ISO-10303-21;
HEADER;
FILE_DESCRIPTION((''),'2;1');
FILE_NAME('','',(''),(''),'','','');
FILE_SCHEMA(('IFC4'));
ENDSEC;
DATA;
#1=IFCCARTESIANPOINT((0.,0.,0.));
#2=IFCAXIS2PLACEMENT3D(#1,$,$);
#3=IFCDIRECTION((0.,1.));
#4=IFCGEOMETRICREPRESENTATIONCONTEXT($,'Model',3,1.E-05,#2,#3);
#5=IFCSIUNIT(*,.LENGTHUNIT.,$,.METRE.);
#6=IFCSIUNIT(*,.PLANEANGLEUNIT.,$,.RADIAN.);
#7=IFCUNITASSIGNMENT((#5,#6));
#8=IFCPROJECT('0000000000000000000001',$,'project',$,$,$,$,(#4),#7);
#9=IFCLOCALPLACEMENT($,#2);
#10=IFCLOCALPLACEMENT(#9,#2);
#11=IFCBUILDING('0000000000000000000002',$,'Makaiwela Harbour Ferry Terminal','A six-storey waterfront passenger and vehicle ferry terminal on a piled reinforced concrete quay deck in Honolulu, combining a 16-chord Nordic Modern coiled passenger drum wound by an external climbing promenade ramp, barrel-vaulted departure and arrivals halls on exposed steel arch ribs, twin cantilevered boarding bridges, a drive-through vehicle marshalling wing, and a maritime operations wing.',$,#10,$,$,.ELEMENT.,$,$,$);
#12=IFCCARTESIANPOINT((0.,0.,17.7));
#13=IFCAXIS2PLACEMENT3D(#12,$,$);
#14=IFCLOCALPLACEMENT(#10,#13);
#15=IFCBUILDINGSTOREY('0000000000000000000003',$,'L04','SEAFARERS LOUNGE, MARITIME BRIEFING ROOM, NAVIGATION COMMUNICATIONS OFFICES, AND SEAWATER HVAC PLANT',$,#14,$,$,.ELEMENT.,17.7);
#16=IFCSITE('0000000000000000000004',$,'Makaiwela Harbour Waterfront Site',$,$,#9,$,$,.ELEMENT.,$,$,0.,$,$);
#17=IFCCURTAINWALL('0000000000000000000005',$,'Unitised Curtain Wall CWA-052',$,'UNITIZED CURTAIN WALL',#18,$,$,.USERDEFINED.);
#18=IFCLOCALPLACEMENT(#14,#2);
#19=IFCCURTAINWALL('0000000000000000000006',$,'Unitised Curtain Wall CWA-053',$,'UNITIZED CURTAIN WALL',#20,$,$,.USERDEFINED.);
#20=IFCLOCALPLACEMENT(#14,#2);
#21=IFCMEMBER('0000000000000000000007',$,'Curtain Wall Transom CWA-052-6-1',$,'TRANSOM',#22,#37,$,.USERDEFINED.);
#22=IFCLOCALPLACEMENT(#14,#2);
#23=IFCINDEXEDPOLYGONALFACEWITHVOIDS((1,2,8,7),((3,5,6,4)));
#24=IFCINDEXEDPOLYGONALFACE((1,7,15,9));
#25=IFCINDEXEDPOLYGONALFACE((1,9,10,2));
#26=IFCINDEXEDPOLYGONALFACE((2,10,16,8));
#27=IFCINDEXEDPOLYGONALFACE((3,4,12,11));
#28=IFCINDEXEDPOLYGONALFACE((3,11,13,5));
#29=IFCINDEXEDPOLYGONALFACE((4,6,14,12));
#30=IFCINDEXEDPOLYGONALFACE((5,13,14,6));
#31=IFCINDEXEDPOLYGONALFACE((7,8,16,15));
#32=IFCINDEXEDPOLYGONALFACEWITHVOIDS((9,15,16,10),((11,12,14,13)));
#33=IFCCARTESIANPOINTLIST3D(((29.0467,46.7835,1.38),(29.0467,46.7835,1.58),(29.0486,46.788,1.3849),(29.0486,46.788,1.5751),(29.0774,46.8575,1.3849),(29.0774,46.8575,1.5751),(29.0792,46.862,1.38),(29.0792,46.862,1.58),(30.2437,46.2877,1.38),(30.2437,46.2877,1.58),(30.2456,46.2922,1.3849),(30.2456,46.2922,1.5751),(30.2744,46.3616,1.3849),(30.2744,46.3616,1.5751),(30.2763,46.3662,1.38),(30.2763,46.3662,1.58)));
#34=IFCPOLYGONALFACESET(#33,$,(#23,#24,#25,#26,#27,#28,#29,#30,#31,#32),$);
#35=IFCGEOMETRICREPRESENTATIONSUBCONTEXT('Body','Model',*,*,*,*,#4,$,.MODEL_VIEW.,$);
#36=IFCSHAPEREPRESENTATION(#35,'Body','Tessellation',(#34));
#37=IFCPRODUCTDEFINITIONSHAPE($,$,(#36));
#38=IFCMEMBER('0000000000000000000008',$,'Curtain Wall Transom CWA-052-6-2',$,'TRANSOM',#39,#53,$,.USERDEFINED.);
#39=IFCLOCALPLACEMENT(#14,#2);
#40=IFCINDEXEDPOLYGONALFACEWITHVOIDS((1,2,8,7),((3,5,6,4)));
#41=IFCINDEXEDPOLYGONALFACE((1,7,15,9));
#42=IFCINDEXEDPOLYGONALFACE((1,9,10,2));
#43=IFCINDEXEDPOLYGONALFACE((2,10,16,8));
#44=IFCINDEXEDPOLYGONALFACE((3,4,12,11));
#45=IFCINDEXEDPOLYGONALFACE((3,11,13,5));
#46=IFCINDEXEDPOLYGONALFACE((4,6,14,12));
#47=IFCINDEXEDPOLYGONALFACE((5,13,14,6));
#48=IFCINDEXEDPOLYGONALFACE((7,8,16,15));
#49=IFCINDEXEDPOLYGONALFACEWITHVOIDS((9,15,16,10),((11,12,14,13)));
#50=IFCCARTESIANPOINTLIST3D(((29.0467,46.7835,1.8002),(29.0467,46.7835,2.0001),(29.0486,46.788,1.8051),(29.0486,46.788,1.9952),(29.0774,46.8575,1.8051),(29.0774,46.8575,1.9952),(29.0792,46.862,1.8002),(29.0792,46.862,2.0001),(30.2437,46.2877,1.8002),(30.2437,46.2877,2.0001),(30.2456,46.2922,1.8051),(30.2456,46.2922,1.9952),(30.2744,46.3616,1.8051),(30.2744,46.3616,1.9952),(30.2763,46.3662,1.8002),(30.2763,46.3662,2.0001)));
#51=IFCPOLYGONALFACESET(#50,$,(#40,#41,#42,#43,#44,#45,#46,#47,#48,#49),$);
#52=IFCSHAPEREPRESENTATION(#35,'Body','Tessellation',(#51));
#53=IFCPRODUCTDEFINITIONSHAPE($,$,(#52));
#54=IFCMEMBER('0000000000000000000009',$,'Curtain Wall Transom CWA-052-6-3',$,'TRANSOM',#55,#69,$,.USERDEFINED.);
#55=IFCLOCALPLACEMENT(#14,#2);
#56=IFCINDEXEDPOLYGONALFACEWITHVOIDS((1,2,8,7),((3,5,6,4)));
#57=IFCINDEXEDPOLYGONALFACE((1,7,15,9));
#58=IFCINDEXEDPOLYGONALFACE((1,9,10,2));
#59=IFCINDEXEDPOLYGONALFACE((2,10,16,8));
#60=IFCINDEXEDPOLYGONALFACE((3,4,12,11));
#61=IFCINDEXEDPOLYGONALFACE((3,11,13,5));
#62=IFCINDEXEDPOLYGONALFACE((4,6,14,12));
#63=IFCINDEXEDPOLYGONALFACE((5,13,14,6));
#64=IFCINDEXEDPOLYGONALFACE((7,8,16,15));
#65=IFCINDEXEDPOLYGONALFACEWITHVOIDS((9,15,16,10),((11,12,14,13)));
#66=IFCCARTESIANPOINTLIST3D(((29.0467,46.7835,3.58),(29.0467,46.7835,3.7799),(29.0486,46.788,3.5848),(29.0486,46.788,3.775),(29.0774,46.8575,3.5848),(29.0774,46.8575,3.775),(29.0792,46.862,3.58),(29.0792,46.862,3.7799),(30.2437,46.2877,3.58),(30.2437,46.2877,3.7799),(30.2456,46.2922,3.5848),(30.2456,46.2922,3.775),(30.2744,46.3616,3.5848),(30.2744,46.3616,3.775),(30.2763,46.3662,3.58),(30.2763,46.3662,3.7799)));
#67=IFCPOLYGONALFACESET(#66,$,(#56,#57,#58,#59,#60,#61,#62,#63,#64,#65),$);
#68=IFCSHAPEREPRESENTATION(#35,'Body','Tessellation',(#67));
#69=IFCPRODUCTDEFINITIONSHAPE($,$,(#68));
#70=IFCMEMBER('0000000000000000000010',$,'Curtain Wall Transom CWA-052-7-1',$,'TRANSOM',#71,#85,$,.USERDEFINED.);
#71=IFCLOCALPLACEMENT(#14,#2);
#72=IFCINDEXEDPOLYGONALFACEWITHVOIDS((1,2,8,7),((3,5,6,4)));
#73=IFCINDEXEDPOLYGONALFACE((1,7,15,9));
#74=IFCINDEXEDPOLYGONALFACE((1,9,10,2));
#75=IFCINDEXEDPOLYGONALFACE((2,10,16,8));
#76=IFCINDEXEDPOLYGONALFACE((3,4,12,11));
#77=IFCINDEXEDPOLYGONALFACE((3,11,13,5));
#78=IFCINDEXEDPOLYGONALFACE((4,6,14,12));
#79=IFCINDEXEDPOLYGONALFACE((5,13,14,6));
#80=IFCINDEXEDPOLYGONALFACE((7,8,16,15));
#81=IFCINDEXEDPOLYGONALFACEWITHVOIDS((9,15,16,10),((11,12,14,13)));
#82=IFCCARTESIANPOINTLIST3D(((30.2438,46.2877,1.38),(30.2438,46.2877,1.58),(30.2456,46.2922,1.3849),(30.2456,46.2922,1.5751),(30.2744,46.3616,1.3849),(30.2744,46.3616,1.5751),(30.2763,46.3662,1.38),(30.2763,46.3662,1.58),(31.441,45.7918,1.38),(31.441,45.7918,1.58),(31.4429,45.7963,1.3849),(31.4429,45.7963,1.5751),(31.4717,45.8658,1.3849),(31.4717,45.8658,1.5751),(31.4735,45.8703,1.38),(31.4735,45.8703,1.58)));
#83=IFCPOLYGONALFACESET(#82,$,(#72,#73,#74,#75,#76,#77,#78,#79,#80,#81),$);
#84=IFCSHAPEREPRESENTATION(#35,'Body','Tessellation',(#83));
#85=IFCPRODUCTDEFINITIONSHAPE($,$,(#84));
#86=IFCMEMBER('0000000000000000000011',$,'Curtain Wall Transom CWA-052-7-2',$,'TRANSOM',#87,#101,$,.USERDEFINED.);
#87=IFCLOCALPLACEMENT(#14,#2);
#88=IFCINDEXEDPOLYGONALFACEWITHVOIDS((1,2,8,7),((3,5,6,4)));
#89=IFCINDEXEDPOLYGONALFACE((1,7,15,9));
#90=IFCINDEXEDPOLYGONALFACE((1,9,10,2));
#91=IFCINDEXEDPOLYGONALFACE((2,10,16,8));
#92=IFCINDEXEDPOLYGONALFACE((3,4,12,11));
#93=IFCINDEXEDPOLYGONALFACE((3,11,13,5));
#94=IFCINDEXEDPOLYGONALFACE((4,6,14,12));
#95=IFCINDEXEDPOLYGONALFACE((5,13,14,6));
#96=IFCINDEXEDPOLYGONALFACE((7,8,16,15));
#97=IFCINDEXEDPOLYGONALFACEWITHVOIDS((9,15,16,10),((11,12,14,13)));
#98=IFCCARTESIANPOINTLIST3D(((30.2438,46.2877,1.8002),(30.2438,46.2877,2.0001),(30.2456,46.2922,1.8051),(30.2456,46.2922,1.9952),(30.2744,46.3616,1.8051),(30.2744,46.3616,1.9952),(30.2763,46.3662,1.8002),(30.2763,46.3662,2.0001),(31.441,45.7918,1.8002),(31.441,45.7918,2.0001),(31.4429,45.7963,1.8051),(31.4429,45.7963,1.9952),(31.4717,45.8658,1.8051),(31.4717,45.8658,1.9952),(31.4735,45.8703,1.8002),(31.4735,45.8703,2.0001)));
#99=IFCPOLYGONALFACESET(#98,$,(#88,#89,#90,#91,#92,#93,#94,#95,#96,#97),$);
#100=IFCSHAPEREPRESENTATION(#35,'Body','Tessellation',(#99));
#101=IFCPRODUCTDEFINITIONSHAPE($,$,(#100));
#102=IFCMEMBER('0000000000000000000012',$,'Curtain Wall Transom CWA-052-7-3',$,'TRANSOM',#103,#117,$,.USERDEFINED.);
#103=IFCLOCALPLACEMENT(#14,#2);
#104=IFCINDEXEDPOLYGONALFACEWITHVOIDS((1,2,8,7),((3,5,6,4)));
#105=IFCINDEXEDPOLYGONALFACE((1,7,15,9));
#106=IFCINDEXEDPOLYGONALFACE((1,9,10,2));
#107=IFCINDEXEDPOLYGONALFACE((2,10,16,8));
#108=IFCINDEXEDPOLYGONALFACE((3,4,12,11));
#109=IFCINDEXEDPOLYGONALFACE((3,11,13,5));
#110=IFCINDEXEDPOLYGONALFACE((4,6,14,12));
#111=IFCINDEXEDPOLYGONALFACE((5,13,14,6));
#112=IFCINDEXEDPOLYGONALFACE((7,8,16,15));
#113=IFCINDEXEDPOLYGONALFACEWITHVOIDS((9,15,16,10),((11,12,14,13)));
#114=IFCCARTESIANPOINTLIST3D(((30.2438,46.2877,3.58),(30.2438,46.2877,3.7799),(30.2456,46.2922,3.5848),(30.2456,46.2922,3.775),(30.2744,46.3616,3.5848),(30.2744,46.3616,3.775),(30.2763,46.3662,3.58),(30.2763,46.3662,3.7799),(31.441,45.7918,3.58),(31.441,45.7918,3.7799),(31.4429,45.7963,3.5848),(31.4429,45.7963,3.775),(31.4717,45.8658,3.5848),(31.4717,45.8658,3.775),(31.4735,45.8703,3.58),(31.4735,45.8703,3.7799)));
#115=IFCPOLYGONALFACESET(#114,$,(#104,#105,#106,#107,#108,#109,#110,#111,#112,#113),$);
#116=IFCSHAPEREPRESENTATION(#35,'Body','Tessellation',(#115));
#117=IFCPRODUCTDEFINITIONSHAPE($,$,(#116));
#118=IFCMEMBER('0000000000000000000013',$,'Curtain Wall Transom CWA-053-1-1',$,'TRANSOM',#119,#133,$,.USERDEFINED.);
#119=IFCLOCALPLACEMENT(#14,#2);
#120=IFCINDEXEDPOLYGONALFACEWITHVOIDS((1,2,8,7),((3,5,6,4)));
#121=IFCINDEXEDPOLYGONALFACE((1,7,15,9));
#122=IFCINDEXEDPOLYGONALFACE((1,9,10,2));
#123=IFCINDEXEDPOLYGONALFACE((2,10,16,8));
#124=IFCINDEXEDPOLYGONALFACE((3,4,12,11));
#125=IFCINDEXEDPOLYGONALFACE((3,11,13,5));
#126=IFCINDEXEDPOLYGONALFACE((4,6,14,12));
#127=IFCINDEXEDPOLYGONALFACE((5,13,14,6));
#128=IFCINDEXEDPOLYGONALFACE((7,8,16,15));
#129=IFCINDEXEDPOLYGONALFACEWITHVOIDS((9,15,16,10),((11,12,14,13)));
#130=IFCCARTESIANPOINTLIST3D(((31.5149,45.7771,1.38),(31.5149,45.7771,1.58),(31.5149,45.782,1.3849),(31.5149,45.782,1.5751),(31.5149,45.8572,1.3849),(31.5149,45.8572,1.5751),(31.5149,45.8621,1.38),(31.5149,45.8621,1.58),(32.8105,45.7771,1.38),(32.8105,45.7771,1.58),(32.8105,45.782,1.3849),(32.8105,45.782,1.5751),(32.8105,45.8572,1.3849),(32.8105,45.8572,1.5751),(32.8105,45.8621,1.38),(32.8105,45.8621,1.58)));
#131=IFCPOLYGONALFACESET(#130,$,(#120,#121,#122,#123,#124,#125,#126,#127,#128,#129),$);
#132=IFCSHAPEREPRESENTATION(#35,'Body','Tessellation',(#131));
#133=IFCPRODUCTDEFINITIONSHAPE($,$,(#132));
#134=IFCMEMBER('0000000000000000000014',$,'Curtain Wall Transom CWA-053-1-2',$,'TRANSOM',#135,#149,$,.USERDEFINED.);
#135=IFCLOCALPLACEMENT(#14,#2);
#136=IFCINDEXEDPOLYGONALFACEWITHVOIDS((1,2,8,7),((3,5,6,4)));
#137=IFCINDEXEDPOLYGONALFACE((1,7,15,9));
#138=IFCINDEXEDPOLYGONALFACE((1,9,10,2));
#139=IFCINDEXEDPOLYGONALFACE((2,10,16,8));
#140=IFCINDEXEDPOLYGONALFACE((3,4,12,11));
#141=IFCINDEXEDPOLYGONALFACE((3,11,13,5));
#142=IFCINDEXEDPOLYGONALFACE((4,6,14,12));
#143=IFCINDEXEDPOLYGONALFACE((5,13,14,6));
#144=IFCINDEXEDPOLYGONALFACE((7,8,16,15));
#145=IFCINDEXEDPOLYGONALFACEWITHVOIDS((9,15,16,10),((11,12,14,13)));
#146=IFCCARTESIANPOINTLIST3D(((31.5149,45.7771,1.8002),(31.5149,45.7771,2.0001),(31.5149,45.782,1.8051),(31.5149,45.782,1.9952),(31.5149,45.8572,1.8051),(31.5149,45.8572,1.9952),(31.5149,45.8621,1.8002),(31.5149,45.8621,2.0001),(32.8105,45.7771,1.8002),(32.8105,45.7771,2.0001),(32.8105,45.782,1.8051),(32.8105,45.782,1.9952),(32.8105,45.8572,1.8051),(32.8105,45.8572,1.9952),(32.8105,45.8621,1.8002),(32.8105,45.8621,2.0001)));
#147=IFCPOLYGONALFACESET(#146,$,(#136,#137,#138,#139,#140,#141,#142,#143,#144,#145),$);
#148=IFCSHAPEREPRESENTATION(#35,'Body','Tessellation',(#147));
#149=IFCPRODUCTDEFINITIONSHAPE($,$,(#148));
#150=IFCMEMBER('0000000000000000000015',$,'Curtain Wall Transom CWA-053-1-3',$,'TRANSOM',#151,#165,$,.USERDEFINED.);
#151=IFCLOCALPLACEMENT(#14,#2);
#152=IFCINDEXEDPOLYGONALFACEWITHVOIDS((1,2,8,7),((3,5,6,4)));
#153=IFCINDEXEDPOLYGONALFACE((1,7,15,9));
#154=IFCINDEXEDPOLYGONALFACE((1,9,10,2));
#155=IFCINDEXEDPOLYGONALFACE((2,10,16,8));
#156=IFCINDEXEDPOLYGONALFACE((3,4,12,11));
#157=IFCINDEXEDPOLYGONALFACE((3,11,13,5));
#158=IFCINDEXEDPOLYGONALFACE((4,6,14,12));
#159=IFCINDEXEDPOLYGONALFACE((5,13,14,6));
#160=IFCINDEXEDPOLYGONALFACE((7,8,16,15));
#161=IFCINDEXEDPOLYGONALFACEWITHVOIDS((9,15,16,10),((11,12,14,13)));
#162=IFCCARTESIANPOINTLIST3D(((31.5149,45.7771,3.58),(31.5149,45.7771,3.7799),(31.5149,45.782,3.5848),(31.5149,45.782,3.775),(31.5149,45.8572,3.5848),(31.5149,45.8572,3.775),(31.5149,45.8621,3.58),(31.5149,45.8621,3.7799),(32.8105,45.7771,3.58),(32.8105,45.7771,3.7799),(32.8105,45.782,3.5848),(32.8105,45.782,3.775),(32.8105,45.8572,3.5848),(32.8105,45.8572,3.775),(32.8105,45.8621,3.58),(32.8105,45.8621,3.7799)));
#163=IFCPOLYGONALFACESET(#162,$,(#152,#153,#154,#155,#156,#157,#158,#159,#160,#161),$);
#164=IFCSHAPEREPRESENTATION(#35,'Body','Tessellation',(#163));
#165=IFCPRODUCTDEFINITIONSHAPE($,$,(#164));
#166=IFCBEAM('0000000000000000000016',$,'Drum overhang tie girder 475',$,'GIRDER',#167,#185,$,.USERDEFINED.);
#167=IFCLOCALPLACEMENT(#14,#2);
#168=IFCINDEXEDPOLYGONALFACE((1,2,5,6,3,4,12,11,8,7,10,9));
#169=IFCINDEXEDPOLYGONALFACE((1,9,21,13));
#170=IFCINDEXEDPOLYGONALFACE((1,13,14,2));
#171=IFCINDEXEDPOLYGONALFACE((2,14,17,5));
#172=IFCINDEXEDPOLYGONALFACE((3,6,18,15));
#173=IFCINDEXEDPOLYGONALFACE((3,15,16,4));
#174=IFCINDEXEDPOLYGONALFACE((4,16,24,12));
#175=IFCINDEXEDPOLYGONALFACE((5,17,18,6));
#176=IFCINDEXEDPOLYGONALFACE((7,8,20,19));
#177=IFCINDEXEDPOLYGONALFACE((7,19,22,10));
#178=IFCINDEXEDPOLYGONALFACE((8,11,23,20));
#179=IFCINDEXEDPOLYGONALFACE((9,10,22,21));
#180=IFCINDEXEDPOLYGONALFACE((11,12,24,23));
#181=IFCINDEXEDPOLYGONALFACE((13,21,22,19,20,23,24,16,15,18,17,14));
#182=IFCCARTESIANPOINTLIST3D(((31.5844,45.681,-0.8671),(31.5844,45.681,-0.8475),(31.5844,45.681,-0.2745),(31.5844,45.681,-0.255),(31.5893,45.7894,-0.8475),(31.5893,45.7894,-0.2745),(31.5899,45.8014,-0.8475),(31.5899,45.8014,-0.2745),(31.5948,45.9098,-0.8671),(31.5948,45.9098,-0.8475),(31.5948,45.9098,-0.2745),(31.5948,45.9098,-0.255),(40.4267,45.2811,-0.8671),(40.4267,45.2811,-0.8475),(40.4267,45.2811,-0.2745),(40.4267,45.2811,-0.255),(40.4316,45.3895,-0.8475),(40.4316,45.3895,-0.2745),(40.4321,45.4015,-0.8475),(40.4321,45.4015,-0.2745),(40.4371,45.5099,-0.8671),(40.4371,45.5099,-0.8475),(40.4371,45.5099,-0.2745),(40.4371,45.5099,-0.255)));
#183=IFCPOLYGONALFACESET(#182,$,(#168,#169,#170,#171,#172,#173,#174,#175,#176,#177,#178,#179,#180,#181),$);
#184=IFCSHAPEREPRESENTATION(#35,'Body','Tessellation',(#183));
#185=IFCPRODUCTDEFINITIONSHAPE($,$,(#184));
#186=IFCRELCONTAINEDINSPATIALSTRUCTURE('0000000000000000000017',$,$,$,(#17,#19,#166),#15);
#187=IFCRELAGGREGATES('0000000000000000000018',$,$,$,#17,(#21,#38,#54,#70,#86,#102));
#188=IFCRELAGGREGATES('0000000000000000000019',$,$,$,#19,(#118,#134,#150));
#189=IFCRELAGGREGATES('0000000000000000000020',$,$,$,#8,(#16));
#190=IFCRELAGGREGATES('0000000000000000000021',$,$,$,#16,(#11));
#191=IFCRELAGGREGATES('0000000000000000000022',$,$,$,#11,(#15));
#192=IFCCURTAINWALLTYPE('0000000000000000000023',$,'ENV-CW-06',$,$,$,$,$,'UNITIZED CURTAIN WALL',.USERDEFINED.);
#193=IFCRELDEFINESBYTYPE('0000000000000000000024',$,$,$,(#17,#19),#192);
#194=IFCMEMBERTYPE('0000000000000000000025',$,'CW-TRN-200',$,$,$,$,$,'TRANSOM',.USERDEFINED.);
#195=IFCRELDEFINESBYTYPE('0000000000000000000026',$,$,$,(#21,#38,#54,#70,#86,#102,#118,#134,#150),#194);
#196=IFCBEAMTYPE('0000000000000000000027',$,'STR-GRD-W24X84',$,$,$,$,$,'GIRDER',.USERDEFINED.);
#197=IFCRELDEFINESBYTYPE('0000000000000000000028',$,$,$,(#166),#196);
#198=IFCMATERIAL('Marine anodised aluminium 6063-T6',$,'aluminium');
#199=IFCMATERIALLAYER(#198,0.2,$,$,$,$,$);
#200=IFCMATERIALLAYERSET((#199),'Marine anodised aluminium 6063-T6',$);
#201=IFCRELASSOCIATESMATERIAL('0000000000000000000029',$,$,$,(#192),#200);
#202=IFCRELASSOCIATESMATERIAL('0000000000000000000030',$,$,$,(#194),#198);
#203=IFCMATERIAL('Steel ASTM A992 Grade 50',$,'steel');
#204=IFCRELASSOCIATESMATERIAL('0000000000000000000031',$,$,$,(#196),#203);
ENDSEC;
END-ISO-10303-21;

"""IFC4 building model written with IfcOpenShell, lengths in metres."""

from ifc_helpers import new_model, si_unit, direction, frame, origin, origin_2d, place, context, subcontext, project, spatial, hollow_rectangle, i_section, extrude, material, layer, layer_set, material_profile, profile_set, type_object, element, aggregate, save


model = new_model("IFC4")

# Units and contexts
model_context = context("Model", 3, precision=1e-05, world=origin(), true_north=direction((0.0, 1.0)))
body_context = subcontext(model_context, "Body", "Model", "MODEL_VIEW")
ifc_project = project(units=[si_unit("LENGTHUNIT", "METRE"), si_unit("PLANEANGLEUNIT", "RADIAN")], contexts=[model_context])

# Site, building, storey
site_placement = place(None, origin())
site = spatial("IfcSite", under=ifc_project, at=site_placement, Name="Makaiwela Harbour Waterfront Site", CompositionType="ELEMENT", RefElevation=0.0)
building_placement = place(site_placement, origin())
building = spatial("IfcBuilding", under=site, at=building_placement, Name="Makaiwela Harbour Ferry Terminal", Description="A six-storey waterfront passenger and vehicle ferry terminal on a piled reinforced concrete quay deck in Honolulu, combining a 16-chord Nordic Modern coiled passenger drum wound by an external climbing promenade ramp, barrel-vaulted departure and arrivals halls on exposed steel arch ribs, twin cantilevered boarding bridges, a drive-through vehicle marshalling wing, and a maritime operations wing.", CompositionType="ELEMENT")
storey_placement = place(building_placement, frame((0.0, 0.0, 17.7)))
storey = spatial("IfcBuildingStorey", under=building, at=storey_placement, Name="L04", Description="SEAFARERS LOUNGE, MARITIME BRIEFING ROOM, NAVIGATION COMMUNICATIONS OFFICES, AND SEAWATER HVAC PLANT", CompositionType="ELEMENT", Elevation=17.7)

# Curtain walls
ifc_material_1 = material(Name="Marine anodised aluminium 6063-T6", Category="aluminium")
ifc_layer_1 = layer(ifc_material_1, 0.2)
ifc_layer_set_1 = layer_set([ifc_layer_1], Name="Marine anodised aluminium 6063-T6")
curtain_wall_type = type_object("IfcCurtainWallType", Name="ENV-CW-06", ElementType="UNITIZED CURTAIN WALL", PredefinedType="USERDEFINED", material=ifc_layer_set_1)
curtain_wall_1_placement = place(storey_placement, origin())
curtain_wall_1 = element("IfcCurtainWall", 1, at=curtain_wall_1_placement, inside=storey, type_object=curtain_wall_type, Name="Unitised Curtain Wall CWA-052", ObjectType="UNITIZED CURTAIN WALL", PredefinedType="USERDEFINED")
curtain_wall_2_placement = place(storey_placement, origin())
curtain_wall_2 = element("IfcCurtainWall", 2, at=curtain_wall_2_placement, inside=storey, type_object=curtain_wall_type, Name="Unitised Curtain Wall CWA-053", ObjectType="UNITIZED CURTAIN WALL", PredefinedType="USERDEFINED")

# Members
ifc_material_profile_1 = material_profile(ifc_material_1, hollow_rectangle(XDim=0.085, YDim=0.2, WallThickness=0.0049, at=origin_2d()), Name="CWT-200X85")
ifc_profile_set_1 = profile_set([ifc_material_profile_1], Name="Marine anodised aluminium 6063-T6")
member_type_1 = type_object("IfcMemberType", Name="CW-TRN-200", ElementType="TRANSOM", PredefinedType="USERDEFINED", material=ifc_profile_set_1)
member_1_placement = place(storey_placement, frame((29.063, 46.8228, 1.48), z_axis=(0.923872, -0.382701, 0.0), x_axis=(0.382701, 0.923872, 0.0)))
member_1 = element("IfcMember", 3, at=member_1_placement, type_object=member_type_1, Name="Curtain Wall Transom CWA-052-6-1", ObjectType="TRANSOM", PredefinedType="USERDEFINED", context=body_context, shape_type="SweptSolid", body=[
    extrude(hollow_rectangle(XDim=0.085, YDim=0.2, WallThickness=0.0049, at=origin_2d()), origin(), (0.0, 0.0, 1.0), 1.2957),
])
member_2_placement = place(storey_placement, frame((29.063, 46.8228, 1.9001), z_axis=(0.923872, -0.382701, 0.0), x_axis=(0.382701, 0.923872, 0.0)))
member_2 = element("IfcMember", 4, at=member_2_placement, type_object=member_type_1, Name="Curtain Wall Transom CWA-052-6-2", ObjectType="TRANSOM", PredefinedType="USERDEFINED", context=body_context, shape_type="SweptSolid", body=[
    extrude(hollow_rectangle(XDim=0.085, YDim=0.2, WallThickness=0.0049, at=origin_2d()), origin(), (0.0, 0.0, 1.0), 1.2957),
])
member_3_placement = place(storey_placement, frame((29.063, 46.8228, 3.6799), z_axis=(0.923872, -0.382701, 0.0), x_axis=(0.382701, 0.923872, 0.0)))
member_3 = element("IfcMember", 5, at=member_3_placement, type_object=member_type_1, Name="Curtain Wall Transom CWA-052-6-3", ObjectType="TRANSOM", PredefinedType="USERDEFINED", context=body_context, shape_type="SweptSolid", body=[
    extrude(hollow_rectangle(XDim=0.085, YDim=0.2, WallThickness=0.0049, at=origin_2d()), origin(), (0.0, 0.0, 1.0), 1.2957),
])
member_4_placement = place(storey_placement, frame((30.26, 46.3269, 1.48), z_axis=(0.9239, -0.382635, 0.0), x_axis=(0.382635, 0.9239, 0.0)))
member_4 = element("IfcMember", 6, at=member_4_placement, type_object=member_type_1, Name="Curtain Wall Transom CWA-052-7-1", ObjectType="TRANSOM", PredefinedType="USERDEFINED", context=body_context, shape_type="SweptSolid", body=[
    extrude(hollow_rectangle(XDim=0.085, YDim=0.2, WallThickness=0.0049, at=origin_2d()), origin(), (0.0, 0.0, 1.0), 1.2959),
])
member_5_placement = place(storey_placement, frame((30.26, 46.3269, 1.9001), z_axis=(0.9239, -0.382635, 0.0), x_axis=(0.382635, 0.9239, 0.0)))
member_5 = element("IfcMember", 7, at=member_5_placement, type_object=member_type_1, Name="Curtain Wall Transom CWA-052-7-2", ObjectType="TRANSOM", PredefinedType="USERDEFINED", context=body_context, shape_type="SweptSolid", body=[
    extrude(hollow_rectangle(XDim=0.085, YDim=0.2, WallThickness=0.0049, at=origin_2d()), origin(), (0.0, 0.0, 1.0), 1.2959),
])
member_6_placement = place(storey_placement, frame((30.26, 46.3269, 3.6799), z_axis=(0.9239, -0.382635, 0.0), x_axis=(0.382635, 0.9239, 0.0)))
member_6 = element("IfcMember", 8, at=member_6_placement, type_object=member_type_1, Name="Curtain Wall Transom CWA-052-7-3", ObjectType="TRANSOM", PredefinedType="USERDEFINED", context=body_context, shape_type="SweptSolid", body=[
    extrude(hollow_rectangle(XDim=0.085, YDim=0.2, WallThickness=0.0049, at=origin_2d()), origin(), (0.0, 0.0, 1.0), 1.2959),
])
member_7_placement = place(storey_placement, frame((31.5149, 45.8196, 1.48), z_axis=(1.0, 0.0, 0.0), x_axis=(0.0, 1.0, 0.0)))
member_7 = element("IfcMember", 9, at=member_7_placement, type_object=member_type_1, Name="Curtain Wall Transom CWA-053-1-1", ObjectType="TRANSOM", PredefinedType="USERDEFINED", context=body_context, shape_type="SweptSolid", body=[
    extrude(hollow_rectangle(XDim=0.085, YDim=0.2, WallThickness=0.0049, at=origin_2d()), origin(), (0.0, 0.0, 1.0), 1.2957),
])
member_8_placement = place(storey_placement, frame((31.5149, 45.8196, 1.9001), z_axis=(1.0, 0.0, 0.0), x_axis=(0.0, 1.0, 0.0)))
member_8 = element("IfcMember", 10, at=member_8_placement, type_object=member_type_1, Name="Curtain Wall Transom CWA-053-1-2", ObjectType="TRANSOM", PredefinedType="USERDEFINED", context=body_context, shape_type="SweptSolid", body=[
    extrude(hollow_rectangle(XDim=0.085, YDim=0.2, WallThickness=0.0049, at=origin_2d()), origin(), (0.0, 0.0, 1.0), 1.2957),
])
member_9_placement = place(storey_placement, frame((31.5149, 45.8196, 3.6799), z_axis=(1.0, 0.0, 0.0), x_axis=(0.0, 1.0, 0.0)))
member_9 = element("IfcMember", 11, at=member_9_placement, type_object=member_type_1, Name="Curtain Wall Transom CWA-053-1-3", ObjectType="TRANSOM", PredefinedType="USERDEFINED", context=body_context, shape_type="SweptSolid", body=[
    extrude(hollow_rectangle(XDim=0.085, YDim=0.2, WallThickness=0.0049, at=origin_2d()), origin(), (0.0, 0.0, 1.0), 1.2957),
])

# Beam
ifc_material_2 = material(Name="Steel ASTM A992 Grade 50", Category="steel")
ifc_material_profile_2 = material_profile(ifc_material_2, i_section(OverallWidth=0.229, OverallDepth=0.6121, WebThickness=0.012, FlangeThickness=0.0195, at=origin_2d()), Name="W24X84")
ifc_profile_set_2 = profile_set([ifc_material_profile_2], Name="Steel ASTM A992 Grade 50")
beam_type_1 = type_object("IfcBeamType", Name="STR-GRD-W24X84", ElementType="GIRDER", PredefinedType="USERDEFINED", material=ifc_profile_set_2)
beam_1_placement = place(storey_placement, frame((31.5896, 45.7954, -0.561), z_axis=(0.998979, -0.04518, 0.0), x_axis=(0.04518, 0.998979, 0.0)))
element("IfcBeam", 12, at=beam_1_placement, inside=storey, type_object=beam_type_1, Name="Drum overhang tie girder 475", ObjectType="GIRDER", PredefinedType="USERDEFINED", context=body_context, shape_type="SweptSolid", body=[
    extrude(i_section(OverallWidth=0.229, OverallDepth=0.6121, WebThickness=0.012, FlangeThickness=0.0195, at=origin_2d()), origin(), (0.0, 0.0, 1.0), 8.8513),
])

aggregate(curtain_wall_1, [member_1, member_2, member_3, member_4, member_5, member_6])
aggregate(curtain_wall_2, [member_7, member_8, member_9])

save(model, "model.ifc")
